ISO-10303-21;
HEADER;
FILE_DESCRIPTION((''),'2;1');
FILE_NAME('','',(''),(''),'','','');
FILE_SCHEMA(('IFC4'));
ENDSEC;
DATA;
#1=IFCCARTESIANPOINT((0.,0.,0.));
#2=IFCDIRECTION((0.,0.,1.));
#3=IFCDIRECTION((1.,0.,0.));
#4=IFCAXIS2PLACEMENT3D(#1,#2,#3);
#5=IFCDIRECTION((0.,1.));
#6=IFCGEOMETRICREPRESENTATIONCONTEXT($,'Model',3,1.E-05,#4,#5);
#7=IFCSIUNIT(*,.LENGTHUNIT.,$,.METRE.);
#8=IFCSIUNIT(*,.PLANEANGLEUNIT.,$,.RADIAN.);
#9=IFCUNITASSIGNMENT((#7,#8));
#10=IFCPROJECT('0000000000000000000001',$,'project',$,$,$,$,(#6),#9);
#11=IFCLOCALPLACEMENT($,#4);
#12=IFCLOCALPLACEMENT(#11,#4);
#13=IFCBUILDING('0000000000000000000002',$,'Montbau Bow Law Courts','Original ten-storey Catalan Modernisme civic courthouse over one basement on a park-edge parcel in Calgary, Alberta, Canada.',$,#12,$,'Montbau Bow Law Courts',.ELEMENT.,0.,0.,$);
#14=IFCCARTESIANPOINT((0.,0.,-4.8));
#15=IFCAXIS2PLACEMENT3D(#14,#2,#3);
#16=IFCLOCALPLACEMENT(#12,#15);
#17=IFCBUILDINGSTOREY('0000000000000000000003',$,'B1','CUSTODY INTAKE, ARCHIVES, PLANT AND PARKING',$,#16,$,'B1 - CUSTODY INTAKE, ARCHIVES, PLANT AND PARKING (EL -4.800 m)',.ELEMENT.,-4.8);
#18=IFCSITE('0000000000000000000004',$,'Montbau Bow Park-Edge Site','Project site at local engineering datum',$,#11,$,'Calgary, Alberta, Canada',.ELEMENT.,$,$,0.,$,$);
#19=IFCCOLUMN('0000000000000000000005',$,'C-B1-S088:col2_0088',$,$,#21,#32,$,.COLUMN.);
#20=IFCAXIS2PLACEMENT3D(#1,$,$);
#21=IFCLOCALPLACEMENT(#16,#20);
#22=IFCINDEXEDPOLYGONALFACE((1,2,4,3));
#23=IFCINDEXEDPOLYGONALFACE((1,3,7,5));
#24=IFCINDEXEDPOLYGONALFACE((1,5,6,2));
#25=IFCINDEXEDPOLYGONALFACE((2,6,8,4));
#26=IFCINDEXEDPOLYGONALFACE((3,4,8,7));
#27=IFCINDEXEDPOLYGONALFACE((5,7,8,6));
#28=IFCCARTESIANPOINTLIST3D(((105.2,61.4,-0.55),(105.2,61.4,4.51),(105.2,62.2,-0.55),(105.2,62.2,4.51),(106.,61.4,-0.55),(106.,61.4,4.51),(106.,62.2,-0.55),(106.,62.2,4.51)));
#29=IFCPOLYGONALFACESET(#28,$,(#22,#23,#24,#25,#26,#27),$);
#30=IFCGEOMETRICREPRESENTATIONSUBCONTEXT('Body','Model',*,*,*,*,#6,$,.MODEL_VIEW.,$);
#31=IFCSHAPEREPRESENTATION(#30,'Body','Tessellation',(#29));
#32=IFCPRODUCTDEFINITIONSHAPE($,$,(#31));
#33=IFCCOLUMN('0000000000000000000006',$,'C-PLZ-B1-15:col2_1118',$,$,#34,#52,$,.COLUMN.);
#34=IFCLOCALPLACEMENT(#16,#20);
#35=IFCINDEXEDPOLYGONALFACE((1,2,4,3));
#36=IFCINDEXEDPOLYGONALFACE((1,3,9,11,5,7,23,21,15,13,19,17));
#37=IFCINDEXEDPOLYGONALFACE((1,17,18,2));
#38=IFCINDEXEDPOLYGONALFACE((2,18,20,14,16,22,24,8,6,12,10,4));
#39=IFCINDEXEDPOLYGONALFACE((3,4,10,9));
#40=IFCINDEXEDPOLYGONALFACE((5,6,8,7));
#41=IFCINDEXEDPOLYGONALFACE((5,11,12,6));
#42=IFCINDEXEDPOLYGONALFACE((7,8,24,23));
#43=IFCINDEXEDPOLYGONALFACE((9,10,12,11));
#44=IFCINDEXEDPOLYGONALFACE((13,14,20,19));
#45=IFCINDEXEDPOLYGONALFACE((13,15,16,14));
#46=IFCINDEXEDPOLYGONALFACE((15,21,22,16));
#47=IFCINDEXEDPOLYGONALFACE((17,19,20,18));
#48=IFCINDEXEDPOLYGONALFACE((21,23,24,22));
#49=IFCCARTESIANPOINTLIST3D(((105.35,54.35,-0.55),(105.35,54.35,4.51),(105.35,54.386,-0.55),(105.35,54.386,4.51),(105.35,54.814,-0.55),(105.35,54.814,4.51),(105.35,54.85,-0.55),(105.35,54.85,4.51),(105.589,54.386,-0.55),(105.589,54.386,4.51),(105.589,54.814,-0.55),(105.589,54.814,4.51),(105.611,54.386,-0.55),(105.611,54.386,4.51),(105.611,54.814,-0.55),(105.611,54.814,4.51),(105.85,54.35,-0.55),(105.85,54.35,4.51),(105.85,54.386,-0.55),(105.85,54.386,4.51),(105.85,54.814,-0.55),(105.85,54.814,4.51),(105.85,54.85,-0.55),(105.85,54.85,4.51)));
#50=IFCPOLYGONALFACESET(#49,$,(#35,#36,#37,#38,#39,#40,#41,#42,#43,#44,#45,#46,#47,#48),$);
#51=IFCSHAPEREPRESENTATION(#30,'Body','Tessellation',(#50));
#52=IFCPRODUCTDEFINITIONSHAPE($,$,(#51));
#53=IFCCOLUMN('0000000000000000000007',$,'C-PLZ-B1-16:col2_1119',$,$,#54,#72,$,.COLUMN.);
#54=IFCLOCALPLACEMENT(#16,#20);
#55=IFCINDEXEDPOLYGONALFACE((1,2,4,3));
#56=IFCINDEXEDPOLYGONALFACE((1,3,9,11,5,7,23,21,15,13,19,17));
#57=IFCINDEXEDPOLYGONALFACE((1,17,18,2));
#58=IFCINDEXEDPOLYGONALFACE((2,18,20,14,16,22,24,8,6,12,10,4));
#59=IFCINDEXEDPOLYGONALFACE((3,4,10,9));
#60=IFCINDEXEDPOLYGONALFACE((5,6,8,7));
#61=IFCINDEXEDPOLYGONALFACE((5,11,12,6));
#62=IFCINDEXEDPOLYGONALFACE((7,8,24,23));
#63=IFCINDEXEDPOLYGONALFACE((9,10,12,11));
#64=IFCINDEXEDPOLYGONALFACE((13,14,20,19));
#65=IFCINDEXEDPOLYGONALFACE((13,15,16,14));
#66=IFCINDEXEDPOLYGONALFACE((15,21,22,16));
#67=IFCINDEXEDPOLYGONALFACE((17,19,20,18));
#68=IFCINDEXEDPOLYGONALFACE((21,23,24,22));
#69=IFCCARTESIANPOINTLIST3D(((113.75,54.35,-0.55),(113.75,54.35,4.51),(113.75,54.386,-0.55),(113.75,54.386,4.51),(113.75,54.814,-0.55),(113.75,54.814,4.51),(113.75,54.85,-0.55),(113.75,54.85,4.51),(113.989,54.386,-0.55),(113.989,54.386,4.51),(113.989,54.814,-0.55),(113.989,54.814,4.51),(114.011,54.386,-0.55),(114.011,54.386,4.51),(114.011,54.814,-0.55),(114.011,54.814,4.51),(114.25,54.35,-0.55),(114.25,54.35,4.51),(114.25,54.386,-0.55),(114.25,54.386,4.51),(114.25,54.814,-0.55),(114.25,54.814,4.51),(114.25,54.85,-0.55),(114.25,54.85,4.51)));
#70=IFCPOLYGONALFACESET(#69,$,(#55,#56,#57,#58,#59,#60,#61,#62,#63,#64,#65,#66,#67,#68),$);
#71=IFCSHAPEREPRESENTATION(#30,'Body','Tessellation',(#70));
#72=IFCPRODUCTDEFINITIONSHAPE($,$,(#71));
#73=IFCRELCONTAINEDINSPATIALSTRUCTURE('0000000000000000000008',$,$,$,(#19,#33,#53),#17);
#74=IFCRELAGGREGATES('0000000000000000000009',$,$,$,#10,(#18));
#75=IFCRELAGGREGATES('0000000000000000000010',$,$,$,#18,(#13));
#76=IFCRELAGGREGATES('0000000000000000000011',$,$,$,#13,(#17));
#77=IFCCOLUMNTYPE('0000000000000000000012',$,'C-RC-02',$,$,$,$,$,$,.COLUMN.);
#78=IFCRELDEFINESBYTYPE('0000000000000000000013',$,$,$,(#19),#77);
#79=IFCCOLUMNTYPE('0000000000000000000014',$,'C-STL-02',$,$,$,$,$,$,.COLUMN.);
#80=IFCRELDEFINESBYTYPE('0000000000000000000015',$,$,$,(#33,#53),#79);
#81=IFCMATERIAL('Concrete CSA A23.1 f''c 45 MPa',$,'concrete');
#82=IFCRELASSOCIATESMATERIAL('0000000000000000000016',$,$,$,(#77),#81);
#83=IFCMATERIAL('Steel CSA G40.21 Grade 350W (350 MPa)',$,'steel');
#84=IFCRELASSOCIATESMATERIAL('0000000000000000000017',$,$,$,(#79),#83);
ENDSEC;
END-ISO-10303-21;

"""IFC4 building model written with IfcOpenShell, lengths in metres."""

from ifc_helpers import new_model, si_unit, direction, frame, origin_with_axes, origin_2d_with_axis, place, context, subcontext, project, spatial, rectangle, i_section, extrude, material, material_profile, profile_set, type_object, element, save


model = new_model("IFC4")

# Units and contexts
model_context = context("Model", 3, precision=1e-05, world=origin_with_axes(), true_north=direction((0.0, 1.0)))
body_context = subcontext(model_context, "Body", "Model", "MODEL_VIEW")
ifc_project = project(units=[si_unit("LENGTHUNIT", "METRE"), si_unit("PLANEANGLEUNIT", "RADIAN")], contexts=[model_context])

# Site, building, storey
site_placement = place(None, origin_with_axes())
site = spatial("IfcSite", under=ifc_project, at=site_placement, Name="Montbau Bow Park-Edge Site", Description="Project site at local engineering datum", LongName="Calgary, Alberta, Canada", CompositionType="ELEMENT", RefElevation=0.0)
building_placement = place(site_placement, origin_with_axes())
building = spatial("IfcBuilding", under=site, at=building_placement, Name="Montbau Bow Law Courts", Description="Original ten-storey Catalan Modernisme civic courthouse over one basement on a park-edge parcel in Calgary, Alberta, Canada.", LongName="Montbau Bow Law Courts", CompositionType="ELEMENT", ElevationOfRefHeight=0.0, ElevationOfTerrain=0.0)
storey_placement = place(building_placement, frame((0.0, 0.0, -4.8), z_axis=(0.0, 0.0, 1.0), x_axis=(1.0, 0.0, 0.0)))
storey = spatial("IfcBuildingStorey", under=building, at=storey_placement, Name="B1", Description="CUSTODY INTAKE, ARCHIVES, PLANT AND PARKING", LongName="B1 - CUSTODY INTAKE, ARCHIVES, PLANT AND PARKING (EL -4.800 m)", CompositionType="ELEMENT", Elevation=-4.8)

# Columns
ifc_material_1 = material(Name="Concrete CSA A23.1 f'c 45 MPa", Category="concrete")
ifc_material_profile_1 = material_profile(ifc_material_1, rectangle(XDim=0.8, YDim=0.8, at=origin_2d_with_axis()), Name="RC800X800", Category="Main", Priority=0)
ifc_profile_set_1 = profile_set([ifc_material_profile_1], Name="Concrete CSA A23.1 f'c 45 MPa")
column_type_1 = type_object("IfcColumnType", Name="C-RC-02", PredefinedType="COLUMN", material=ifc_profile_set_1)
column_1_placement = place(None, frame((105.6, 61.8, -5.35), z_axis=(0.0, 0.0, 1.0), x_axis=(1.0, 0.0, 0.0)))
element("IfcColumn", 1, at=column_1_placement, inside=storey, type_object=column_type_1, Name="C-B1-S088:col2_0088", PredefinedType="COLUMN", context=body_context, shape_type="SweptSolid", body=[
    extrude(rectangle(XDim=0.8, YDim=0.8, at=origin_2d_with_axis()), origin_with_axes(), (0.0, 0.0, 1.0), 5.06),
])
ifc_material_2 = material(Name="Steel CSA G40.21 Grade 350W (350 MPa)", Category="steel")
ifc_material_profile_2 = material_profile(ifc_material_2, i_section(OverallWidth=0.5, OverallDepth=0.5, WebThickness=0.022, FlangeThickness=0.036, at=origin_2d_with_axis()), Name="WWF500X343", Category="Main", Priority=0)
ifc_profile_set_2 = profile_set([ifc_material_profile_2], Name="Steel CSA G40.21 Grade 350W (350 MPa)")
column_type_2 = type_object("IfcColumnType", Name="C-STL-02", PredefinedType="COLUMN", material=ifc_profile_set_2)
for number, where, z_axis, x_axis, name in (
    (2, (105.6, 54.6, -5.35), (0.0, 0.0, 1.0), (1.0, 0.0, 0.0), "C-PLZ-B1-15:col2_1118"),
    (3, (114.0, 54.6, -5.35), (0.0, 0.0, 1.0), (1.0, 0.0, 0.0), "C-PLZ-B1-16:col2_1119"),
):
    element("IfcColumn", number, at=place(None, frame(where, z_axis=z_axis, x_axis=x_axis)), inside=storey, type_object=column_type_2, Name=name, PredefinedType="COLUMN", context=body_context, shape_type="SweptSolid", body=[
        extrude(i_section(OverallWidth=0.5, OverallDepth=0.5, WebThickness=0.022, FlangeThickness=0.036, at=origin_2d_with_axis()), origin_with_axes(), (0.0, 0.0, 1.0), 5.06),
    ])

save(model, "model.ifc")
